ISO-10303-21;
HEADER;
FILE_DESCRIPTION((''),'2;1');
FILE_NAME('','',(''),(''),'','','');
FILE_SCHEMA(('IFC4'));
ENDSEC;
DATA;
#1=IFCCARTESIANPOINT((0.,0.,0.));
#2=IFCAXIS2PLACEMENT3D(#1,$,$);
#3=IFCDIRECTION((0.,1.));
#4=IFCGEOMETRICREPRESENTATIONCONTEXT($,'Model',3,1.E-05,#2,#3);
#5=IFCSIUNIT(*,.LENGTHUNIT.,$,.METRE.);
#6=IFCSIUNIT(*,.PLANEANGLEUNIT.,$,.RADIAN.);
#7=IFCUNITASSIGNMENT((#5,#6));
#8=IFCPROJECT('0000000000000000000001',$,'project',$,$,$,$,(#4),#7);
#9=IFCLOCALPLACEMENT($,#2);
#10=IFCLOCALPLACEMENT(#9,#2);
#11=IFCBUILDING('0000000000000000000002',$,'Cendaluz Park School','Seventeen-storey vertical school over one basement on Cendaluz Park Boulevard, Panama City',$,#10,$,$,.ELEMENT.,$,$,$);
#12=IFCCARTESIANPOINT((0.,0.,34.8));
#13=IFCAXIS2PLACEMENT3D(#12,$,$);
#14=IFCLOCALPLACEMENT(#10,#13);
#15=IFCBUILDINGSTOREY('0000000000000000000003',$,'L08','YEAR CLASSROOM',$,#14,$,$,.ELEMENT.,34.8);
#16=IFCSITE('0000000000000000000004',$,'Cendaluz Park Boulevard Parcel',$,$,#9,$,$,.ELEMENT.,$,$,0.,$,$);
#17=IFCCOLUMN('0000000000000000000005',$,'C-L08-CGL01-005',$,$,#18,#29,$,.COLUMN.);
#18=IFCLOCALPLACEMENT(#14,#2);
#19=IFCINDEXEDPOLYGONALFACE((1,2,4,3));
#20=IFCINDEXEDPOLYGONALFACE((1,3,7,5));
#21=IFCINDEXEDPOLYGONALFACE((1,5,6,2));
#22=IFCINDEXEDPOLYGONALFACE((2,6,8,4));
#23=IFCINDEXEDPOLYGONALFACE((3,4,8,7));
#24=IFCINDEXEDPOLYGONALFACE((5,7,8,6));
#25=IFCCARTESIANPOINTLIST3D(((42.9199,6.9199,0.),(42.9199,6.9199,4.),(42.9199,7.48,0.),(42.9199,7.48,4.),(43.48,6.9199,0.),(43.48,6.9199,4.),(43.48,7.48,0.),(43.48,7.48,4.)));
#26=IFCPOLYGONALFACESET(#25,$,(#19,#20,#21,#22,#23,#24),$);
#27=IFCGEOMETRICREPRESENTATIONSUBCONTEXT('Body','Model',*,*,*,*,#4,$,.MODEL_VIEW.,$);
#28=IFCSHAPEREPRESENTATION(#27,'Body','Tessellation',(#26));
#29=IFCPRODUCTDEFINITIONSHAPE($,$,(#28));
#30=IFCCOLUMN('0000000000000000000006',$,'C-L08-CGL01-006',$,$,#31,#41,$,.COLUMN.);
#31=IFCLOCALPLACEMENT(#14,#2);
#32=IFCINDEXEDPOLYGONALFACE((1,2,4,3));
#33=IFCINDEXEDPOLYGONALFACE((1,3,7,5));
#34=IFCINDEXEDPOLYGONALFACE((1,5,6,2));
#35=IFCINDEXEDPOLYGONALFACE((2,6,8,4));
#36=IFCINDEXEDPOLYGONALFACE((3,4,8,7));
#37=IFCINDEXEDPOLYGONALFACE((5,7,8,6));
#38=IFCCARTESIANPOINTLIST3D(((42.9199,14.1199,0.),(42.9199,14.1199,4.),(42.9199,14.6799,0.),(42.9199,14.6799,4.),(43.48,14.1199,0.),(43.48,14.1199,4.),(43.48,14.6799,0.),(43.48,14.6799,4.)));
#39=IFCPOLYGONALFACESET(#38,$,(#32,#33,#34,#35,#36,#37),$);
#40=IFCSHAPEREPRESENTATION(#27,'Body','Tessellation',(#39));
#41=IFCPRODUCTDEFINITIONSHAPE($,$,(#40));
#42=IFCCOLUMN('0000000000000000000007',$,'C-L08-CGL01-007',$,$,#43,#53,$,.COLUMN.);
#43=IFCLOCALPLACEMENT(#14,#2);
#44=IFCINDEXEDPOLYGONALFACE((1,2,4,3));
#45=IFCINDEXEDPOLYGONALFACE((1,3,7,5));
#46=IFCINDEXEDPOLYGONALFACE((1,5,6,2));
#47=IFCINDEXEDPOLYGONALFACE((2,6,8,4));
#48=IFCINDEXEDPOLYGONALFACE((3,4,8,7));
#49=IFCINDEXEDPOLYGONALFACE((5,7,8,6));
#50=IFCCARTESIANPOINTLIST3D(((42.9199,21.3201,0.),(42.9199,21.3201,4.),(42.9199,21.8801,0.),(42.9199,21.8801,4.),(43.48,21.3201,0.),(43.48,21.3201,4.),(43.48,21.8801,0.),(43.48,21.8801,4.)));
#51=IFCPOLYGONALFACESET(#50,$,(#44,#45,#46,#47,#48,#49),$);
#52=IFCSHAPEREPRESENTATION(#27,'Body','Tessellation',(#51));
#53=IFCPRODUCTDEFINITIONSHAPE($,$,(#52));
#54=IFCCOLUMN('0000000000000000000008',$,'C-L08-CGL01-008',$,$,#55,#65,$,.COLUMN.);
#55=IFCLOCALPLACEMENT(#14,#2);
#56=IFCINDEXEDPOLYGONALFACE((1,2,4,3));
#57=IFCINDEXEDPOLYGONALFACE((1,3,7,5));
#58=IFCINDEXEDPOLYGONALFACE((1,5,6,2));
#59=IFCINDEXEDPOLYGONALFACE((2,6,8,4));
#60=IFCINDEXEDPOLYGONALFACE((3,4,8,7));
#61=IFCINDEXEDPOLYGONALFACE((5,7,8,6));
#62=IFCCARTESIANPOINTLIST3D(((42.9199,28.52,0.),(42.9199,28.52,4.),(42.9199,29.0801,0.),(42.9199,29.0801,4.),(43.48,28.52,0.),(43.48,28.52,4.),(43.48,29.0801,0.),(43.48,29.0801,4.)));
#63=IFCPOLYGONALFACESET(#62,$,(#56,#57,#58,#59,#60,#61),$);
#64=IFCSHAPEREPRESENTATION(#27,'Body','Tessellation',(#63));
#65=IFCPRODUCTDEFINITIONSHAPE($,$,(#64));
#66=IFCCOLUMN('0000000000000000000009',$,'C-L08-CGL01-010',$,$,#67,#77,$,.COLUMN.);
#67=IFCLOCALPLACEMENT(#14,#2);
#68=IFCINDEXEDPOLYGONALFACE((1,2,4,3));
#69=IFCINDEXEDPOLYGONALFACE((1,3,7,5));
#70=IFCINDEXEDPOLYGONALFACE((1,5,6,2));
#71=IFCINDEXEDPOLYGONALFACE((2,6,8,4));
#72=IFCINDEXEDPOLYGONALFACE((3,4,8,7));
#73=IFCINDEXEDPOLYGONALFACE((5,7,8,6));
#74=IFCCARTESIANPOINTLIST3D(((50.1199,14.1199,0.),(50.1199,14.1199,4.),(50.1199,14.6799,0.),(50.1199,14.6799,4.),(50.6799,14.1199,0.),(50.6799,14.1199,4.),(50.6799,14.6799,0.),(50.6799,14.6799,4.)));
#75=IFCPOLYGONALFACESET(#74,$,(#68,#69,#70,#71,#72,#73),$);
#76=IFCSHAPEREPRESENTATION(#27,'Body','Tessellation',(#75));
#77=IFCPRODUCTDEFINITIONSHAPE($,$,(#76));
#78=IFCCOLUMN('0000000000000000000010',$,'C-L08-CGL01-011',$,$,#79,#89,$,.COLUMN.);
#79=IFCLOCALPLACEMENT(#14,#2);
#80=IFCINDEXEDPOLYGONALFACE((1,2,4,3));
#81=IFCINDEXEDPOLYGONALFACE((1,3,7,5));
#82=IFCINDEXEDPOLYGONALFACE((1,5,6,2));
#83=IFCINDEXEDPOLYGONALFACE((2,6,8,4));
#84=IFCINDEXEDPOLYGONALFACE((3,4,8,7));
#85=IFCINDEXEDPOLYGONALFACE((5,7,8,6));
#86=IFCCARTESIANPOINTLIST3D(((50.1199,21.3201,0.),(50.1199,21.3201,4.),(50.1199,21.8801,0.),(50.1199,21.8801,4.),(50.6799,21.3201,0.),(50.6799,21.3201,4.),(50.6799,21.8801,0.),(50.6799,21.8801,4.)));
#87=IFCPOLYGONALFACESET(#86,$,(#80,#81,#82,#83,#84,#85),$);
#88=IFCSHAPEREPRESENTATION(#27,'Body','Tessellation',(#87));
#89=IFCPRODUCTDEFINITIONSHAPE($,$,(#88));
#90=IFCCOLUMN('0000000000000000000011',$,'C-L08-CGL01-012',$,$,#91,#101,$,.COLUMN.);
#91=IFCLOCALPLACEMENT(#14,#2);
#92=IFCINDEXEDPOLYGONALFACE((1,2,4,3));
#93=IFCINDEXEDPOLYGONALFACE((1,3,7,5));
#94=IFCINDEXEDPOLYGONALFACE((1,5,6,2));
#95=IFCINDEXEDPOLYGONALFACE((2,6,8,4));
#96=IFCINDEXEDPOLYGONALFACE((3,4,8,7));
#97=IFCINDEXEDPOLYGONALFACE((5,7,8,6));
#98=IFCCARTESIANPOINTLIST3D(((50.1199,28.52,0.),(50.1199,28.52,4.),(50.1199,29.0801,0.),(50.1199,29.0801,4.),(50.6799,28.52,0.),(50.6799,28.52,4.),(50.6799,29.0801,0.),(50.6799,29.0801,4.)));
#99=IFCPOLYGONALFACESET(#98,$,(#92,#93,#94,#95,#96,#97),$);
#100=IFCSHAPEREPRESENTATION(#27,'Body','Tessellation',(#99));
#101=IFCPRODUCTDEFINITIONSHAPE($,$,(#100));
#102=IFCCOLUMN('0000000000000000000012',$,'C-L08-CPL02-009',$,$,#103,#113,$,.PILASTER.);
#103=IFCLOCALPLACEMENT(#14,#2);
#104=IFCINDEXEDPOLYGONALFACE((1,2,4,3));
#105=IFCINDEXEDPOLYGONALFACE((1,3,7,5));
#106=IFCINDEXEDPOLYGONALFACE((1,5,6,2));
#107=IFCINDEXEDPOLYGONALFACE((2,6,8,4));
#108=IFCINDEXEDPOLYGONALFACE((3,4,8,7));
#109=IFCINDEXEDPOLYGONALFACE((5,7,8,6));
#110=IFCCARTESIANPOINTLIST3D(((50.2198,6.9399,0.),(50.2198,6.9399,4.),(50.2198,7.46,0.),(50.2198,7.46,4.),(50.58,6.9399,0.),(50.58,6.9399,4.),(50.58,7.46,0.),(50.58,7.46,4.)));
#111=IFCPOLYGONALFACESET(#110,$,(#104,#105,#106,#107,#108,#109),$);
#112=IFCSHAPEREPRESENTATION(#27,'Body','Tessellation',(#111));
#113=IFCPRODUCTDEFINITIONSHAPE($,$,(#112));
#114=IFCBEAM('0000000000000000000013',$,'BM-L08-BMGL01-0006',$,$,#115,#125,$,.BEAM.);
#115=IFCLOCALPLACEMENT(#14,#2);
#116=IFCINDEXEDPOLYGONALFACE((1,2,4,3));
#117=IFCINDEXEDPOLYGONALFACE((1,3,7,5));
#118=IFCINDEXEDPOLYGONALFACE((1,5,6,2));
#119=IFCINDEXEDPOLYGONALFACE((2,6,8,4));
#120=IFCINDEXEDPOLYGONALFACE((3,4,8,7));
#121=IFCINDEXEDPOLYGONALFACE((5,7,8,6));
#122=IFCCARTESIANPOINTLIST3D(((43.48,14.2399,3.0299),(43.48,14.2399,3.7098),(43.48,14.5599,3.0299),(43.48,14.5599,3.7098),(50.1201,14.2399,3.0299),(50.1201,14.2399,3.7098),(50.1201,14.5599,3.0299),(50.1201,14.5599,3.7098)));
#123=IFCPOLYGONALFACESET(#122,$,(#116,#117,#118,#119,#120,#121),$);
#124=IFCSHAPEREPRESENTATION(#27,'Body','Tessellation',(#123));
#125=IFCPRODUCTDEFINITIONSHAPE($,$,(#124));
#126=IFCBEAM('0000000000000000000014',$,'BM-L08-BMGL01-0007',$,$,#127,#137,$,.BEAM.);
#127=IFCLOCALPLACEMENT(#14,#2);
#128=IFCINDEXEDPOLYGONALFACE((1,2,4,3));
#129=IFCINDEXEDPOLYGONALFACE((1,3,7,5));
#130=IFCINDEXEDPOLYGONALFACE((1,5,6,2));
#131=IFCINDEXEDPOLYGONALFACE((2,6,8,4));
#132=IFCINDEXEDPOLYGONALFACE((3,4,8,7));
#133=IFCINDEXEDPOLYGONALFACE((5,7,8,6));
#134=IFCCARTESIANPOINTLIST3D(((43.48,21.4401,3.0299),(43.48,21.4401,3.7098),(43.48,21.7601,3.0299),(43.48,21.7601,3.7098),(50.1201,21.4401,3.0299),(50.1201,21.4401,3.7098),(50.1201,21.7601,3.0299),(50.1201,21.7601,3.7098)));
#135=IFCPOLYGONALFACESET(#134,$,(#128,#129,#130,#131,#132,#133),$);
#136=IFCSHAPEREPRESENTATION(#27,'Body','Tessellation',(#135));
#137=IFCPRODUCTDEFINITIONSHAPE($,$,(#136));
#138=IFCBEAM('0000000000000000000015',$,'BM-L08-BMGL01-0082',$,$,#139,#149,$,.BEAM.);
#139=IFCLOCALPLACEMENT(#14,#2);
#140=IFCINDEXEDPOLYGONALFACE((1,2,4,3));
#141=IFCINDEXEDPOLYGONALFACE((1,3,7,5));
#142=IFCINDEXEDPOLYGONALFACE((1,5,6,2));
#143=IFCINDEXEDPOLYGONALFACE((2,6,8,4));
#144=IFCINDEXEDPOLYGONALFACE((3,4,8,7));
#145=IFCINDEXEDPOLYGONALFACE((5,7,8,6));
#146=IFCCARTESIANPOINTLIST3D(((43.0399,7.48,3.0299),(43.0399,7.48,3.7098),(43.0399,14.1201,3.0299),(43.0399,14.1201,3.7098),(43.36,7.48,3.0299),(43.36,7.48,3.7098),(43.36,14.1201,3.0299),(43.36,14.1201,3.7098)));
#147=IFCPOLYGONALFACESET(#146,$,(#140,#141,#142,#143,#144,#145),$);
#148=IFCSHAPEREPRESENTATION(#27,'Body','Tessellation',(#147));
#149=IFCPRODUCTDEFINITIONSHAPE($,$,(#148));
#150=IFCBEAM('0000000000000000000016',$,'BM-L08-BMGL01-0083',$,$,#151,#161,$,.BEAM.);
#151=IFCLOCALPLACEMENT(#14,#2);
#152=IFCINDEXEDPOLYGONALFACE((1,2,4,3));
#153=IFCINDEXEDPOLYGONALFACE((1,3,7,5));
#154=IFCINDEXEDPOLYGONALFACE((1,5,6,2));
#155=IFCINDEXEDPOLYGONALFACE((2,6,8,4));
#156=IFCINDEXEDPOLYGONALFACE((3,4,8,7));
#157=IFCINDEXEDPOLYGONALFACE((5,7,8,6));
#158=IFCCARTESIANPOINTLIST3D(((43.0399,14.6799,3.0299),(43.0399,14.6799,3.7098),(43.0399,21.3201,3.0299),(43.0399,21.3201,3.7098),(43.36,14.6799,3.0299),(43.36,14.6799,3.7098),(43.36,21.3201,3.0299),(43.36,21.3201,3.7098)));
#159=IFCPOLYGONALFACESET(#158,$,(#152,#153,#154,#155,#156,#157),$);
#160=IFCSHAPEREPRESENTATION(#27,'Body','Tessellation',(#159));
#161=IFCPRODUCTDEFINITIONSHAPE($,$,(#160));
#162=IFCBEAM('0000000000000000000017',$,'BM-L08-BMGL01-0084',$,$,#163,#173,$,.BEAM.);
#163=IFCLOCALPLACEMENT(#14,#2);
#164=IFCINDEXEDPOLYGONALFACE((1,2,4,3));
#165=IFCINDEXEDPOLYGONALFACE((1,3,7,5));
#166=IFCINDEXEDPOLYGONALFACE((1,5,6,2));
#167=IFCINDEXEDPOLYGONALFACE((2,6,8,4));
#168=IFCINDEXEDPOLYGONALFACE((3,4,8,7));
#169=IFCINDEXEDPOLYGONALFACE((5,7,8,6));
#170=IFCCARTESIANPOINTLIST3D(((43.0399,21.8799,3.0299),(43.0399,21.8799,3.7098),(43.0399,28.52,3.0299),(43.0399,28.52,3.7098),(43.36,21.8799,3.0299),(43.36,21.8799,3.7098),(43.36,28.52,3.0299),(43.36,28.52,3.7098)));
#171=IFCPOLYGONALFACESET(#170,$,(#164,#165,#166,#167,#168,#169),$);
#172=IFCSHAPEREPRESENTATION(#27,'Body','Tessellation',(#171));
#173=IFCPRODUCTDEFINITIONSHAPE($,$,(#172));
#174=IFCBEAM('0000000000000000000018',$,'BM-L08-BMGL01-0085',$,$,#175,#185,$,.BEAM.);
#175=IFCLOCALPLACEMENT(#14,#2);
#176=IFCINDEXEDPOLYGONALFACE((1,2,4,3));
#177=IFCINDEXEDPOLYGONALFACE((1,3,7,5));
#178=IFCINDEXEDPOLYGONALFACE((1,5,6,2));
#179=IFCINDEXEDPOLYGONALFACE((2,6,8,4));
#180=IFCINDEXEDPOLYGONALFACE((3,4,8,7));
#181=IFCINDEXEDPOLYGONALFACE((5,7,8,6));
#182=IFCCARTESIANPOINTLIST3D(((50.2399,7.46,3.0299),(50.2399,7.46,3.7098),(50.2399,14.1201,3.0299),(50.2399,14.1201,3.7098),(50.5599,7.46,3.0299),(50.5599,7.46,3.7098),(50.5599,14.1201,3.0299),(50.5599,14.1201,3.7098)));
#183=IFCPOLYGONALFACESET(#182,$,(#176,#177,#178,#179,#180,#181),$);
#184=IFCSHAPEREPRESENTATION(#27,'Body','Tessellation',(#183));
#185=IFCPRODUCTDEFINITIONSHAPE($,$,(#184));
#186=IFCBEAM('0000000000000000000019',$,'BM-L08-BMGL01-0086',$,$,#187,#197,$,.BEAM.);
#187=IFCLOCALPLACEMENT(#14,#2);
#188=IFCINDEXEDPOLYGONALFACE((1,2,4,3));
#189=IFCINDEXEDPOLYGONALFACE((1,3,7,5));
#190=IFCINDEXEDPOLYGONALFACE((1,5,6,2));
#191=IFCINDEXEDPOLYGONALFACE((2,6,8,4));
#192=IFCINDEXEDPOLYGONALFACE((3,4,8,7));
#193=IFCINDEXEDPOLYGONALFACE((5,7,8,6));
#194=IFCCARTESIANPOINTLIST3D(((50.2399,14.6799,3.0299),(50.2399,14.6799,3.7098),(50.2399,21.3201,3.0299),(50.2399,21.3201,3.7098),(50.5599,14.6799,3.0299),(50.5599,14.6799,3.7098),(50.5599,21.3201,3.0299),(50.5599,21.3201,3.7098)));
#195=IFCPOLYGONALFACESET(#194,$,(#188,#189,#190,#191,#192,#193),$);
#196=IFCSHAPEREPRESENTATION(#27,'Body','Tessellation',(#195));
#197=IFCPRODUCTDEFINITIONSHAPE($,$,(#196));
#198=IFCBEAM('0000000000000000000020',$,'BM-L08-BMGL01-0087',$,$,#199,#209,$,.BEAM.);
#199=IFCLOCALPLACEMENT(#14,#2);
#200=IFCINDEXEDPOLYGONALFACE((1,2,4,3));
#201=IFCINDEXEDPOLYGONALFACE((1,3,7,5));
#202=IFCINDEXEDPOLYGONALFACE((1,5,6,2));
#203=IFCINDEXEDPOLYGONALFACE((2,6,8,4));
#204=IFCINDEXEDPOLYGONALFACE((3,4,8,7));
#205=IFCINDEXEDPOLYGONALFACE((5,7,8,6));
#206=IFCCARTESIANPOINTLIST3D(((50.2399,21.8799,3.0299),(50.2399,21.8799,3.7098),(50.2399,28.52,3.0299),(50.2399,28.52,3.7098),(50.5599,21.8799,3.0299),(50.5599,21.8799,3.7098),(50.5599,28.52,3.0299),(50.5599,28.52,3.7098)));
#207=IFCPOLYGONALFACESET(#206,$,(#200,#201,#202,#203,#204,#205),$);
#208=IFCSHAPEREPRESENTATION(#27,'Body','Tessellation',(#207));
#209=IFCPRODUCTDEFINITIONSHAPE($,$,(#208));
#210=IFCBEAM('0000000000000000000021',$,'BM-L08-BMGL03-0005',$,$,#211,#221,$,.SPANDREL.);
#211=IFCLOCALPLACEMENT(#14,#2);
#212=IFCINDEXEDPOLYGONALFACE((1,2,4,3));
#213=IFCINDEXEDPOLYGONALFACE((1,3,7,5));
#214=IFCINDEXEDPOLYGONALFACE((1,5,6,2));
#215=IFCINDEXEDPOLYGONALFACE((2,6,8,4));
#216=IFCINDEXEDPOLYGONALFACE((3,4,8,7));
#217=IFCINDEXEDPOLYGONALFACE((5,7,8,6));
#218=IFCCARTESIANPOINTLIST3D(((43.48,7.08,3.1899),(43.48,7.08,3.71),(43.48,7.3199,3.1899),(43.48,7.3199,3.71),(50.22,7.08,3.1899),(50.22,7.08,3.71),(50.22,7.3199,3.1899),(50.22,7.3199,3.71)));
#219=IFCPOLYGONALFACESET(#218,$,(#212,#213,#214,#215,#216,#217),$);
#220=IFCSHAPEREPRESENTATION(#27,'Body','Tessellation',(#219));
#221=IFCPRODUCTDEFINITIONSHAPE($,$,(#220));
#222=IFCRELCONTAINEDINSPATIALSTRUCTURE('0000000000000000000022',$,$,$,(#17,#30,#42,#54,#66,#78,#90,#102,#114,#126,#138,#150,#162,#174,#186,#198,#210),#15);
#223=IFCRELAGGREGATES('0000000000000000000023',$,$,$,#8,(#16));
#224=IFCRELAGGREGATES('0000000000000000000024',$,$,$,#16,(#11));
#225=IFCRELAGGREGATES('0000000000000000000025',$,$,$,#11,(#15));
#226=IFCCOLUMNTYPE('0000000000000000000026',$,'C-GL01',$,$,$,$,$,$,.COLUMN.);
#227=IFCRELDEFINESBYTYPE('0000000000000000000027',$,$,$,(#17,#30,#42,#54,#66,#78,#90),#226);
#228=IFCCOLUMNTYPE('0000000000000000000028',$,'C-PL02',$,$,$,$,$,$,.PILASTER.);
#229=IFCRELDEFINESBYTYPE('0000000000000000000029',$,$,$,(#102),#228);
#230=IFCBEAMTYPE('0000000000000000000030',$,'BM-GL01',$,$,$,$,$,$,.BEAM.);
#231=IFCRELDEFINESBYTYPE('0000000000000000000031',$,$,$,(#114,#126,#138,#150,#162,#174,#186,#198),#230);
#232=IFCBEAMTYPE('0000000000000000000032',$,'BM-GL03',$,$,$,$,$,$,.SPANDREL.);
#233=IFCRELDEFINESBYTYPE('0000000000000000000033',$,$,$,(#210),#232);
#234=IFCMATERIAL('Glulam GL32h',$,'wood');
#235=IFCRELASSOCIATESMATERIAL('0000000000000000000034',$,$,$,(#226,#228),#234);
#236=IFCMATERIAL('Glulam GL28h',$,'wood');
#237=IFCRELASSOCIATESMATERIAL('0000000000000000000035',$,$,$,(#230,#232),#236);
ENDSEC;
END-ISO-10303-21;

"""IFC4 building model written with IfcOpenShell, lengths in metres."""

from ifc_helpers import new_model, si_unit, direction, frame, origin, origin_2d, place, context, subcontext, project, spatial, rectangle, extrude, material, material_profile, profile_set, type_object, element, save


model = new_model("IFC4")

# Units and contexts
model_context = context("Model", 3, precision=1e-05, world=origin(), true_north=direction((0.0, 1.0)))
body_context = subcontext(model_context, "Body", "Model", "MODEL_VIEW")
ifc_project = project(units=[si_unit("LENGTHUNIT", "METRE"), si_unit("PLANEANGLEUNIT", "RADIAN")], contexts=[model_context])

# Site, building, storey
site_placement = place(None, origin())
site = spatial("IfcSite", under=ifc_project, at=site_placement, Name="Cendaluz Park Boulevard Parcel", CompositionType="ELEMENT", RefElevation=0.0)
building_placement = place(site_placement, origin())
building = spatial("IfcBuilding", under=site, at=building_placement, Name="Cendaluz Park School", Description="Seventeen-storey vertical school over one basement on Cendaluz Park Boulevard, Panama City", CompositionType="ELEMENT")
storey_placement = place(building_placement, frame((0.0, 0.0, 34.8)))
storey = spatial("IfcBuildingStorey", under=building, at=storey_placement, Name="L08", Description="YEAR CLASSROOM", CompositionType="ELEMENT", Elevation=34.8)

# Columns
ifc_material_1 = material(Name="Glulam GL32h", Category="wood")
ifc_material_profile_1 = material_profile(ifc_material_1, rectangle(XDim=0.5601, YDim=0.5601, at=origin_2d()), Name="GL32h 560x560", Category="wood")
ifc_profile_set_1 = profile_set([ifc_material_profile_1], Name="Glulam GL32h")
column_type_1 = type_object("IfcColumnType", Name="C-GL01", PredefinedType="COLUMN", material=ifc_profile_set_1)
for number, where, z_axis, x_axis, name in (
    (1, (43.2, 7.2, 0.0), (0.0, 0.0, 1.0), (1.0, 0.0, 0.0), "C-L08-CGL01-005"),
    (2, (43.2, 14.3999, 0.0), (0.0, 0.0, 1.0), (1.0, 0.0, 0.0), "C-L08-CGL01-006"),
    (3, (43.2, 21.6001, 0.0), (0.0, 0.0, 1.0), (1.0, 0.0, 0.0), "C-L08-CGL01-007"),
    (4, (43.2, 28.8, 0.0), (0.0, 0.0, 1.0), (1.0, 0.0, 0.0), "C-L08-CGL01-008"),
    (5, (50.3999, 14.3999, 0.0), (0.0, 0.0, 1.0), (1.0, 0.0, 0.0), "C-L08-CGL01-010"),
    (6, (50.3999, 21.6001, 0.0), (0.0, 0.0, 1.0), (1.0, 0.0, 0.0), "C-L08-CGL01-011"),
    (7, (50.3999, 28.8, 0.0), (0.0, 0.0, 1.0), (1.0, 0.0, 0.0), "C-L08-CGL01-012"),
):
    element("IfcColumn", number, at=place(storey_placement, frame(where, z_axis=z_axis, x_axis=x_axis)), inside=storey, type_object=column_type_1, Name=name, PredefinedType="COLUMN", context=body_context, shape_type="SweptSolid", body=[
        extrude(rectangle(XDim=0.5601, YDim=0.5601, at=origin_2d()), origin(), (0.0, 0.0, 1.0), 4.0),
    ])
ifc_material_profile_2 = material_profile(ifc_material_1, rectangle(XDim=0.3601, YDim=0.52, at=origin_2d()), Name="GL32h 360x520", Category="wood")
ifc_profile_set_2 = profile_set([ifc_material_profile_2], Name="Glulam GL32h")
column_type_2 = type_object("IfcColumnType", Name="C-PL02", PredefinedType="PILASTER", material=ifc_profile_set_2)
column_placement = place(storey_placement, frame((50.3999, 7.2, 0.0), z_axis=(0.0, 0.0, 1.0), x_axis=(1.0, 0.0, 0.0)))
element("IfcColumn", 8, at=column_placement, inside=storey, type_object=column_type_2, Name="C-L08-CPL02-009", PredefinedType="PILASTER", context=body_context, shape_type="SweptSolid", body=[
    extrude(rectangle(XDim=0.3601, YDim=0.52, at=origin_2d()), origin(), (0.0, 0.0, 1.0), 4.0),
])

# Beams
ifc_material_2 = material(Name="Glulam GL28h", Category="wood")
ifc_material_profile_3 = material_profile(ifc_material_2, rectangle(XDim=0.3201, YDim=0.6799, at=origin_2d()), Name="GL28h 320x680", Category="wood")
ifc_profile_set_3 = profile_set([ifc_material_profile_3], Name="Glulam GL28h")
beam_type_1 = type_object("IfcBeamType", Name="BM-GL01", PredefinedType="BEAM", material=ifc_profile_set_3)
for number, where, z_axis, x_axis, name in (
    (9, (43.48, 14.3999, 3.3699), (1.0, 0.0, 0.0), (0.0, 1.0, 0.0), "BM-L08-BMGL01-0006"),
    (10, (43.48, 21.6001, 3.3699), (1.0, 0.0, 0.0), (0.0, 1.0, 0.0), "BM-L08-BMGL01-0007"),
    (11, (43.2, 7.48, 3.3699), (0.0, 1.0, 0.0), (-1.0, 0.0, 0.0), "BM-L08-BMGL01-0082"),
    (12, (43.2, 14.6799, 3.3699), (0.0, 1.0, 0.0), (-1.0, 0.0, 0.0), "BM-L08-BMGL01-0083"),
    (13, (43.2, 21.8799, 3.3699), (0.0, 1.0, 0.0), (-1.0, 0.0, 0.0), "BM-L08-BMGL01-0084"),
):
    element("IfcBeam", number, at=place(storey_placement, frame(where, z_axis=z_axis, x_axis=x_axis)), inside=storey, type_object=beam_type_1, Name=name, PredefinedType="BEAM", context=body_context, shape_type="SweptSolid", body=[
        extrude(rectangle(XDim=0.3201, YDim=0.6799, at=origin_2d()), origin(), (0.0, 0.0, 1.0), 6.6401),
    ])
beam_1_placement = place(storey_placement, frame((50.3999, 7.46, 3.3699), z_axis=(0.0, 1.0, 0.0), x_axis=(-1.0, 0.0, 0.0)))
element("IfcBeam", 14, at=beam_1_placement, inside=storey, type_object=beam_type_1, Name="BM-L08-BMGL01-0085", PredefinedType="BEAM", context=body_context, shape_type="SweptSolid", body=[
    extrude(rectangle(XDim=0.3201, YDim=0.6799, at=origin_2d()), origin(), (0.0, 0.0, 1.0), 6.6602),
])
for number, where, z_axis, x_axis, name in (
    (15, (50.3999, 14.6799, 3.3699), (0.0, 1.0, 0.0), (-1.0, 0.0, 0.0), "BM-L08-BMGL01-0086"),
    (16, (50.3999, 21.8799, 3.3699), (0.0, 1.0, 0.0), (-1.0, 0.0, 0.0), "BM-L08-BMGL01-0087"),
):
    element("IfcBeam", number, at=place(storey_placement, frame(where, z_axis=z_axis, x_axis=x_axis)), inside=storey, type_object=beam_type_1, Name=name, PredefinedType="BEAM", context=body_context, shape_type="SweptSolid", body=[
        extrude(rectangle(XDim=0.3201, YDim=0.6799, at=origin_2d()), origin(), (0.0, 0.0, 1.0), 6.6401),
    ])
ifc_material_profile_4 = material_profile(ifc_material_2, rectangle(XDim=0.24, YDim=0.52, at=origin_2d()), Name="GL28h 240x520", Category="wood")
ifc_profile_set_4 = profile_set([ifc_material_profile_4], Name="Glulam GL28h")
beam_type_2 = type_object("IfcBeamType", Name="BM-GL03", PredefinedType="SPANDREL", material=ifc_profile_set_4)
beam_2_placement = place(storey_placement, frame((43.48, 7.2, 3.45), z_axis=(1.0, 0.0, 0.0), x_axis=(0.0, 1.0, 0.0)))
element("IfcBeam", 17, at=beam_2_placement, inside=storey, type_object=beam_type_2, Name="BM-L08-BMGL03-0005", PredefinedType="SPANDREL", context=body_context, shape_type="SweptSolid", body=[
    extrude(rectangle(XDim=0.24, YDim=0.52, at=origin_2d()), origin(), (0.0, 0.0, 1.0), 6.74),
])

save(model, "model.ifc")
